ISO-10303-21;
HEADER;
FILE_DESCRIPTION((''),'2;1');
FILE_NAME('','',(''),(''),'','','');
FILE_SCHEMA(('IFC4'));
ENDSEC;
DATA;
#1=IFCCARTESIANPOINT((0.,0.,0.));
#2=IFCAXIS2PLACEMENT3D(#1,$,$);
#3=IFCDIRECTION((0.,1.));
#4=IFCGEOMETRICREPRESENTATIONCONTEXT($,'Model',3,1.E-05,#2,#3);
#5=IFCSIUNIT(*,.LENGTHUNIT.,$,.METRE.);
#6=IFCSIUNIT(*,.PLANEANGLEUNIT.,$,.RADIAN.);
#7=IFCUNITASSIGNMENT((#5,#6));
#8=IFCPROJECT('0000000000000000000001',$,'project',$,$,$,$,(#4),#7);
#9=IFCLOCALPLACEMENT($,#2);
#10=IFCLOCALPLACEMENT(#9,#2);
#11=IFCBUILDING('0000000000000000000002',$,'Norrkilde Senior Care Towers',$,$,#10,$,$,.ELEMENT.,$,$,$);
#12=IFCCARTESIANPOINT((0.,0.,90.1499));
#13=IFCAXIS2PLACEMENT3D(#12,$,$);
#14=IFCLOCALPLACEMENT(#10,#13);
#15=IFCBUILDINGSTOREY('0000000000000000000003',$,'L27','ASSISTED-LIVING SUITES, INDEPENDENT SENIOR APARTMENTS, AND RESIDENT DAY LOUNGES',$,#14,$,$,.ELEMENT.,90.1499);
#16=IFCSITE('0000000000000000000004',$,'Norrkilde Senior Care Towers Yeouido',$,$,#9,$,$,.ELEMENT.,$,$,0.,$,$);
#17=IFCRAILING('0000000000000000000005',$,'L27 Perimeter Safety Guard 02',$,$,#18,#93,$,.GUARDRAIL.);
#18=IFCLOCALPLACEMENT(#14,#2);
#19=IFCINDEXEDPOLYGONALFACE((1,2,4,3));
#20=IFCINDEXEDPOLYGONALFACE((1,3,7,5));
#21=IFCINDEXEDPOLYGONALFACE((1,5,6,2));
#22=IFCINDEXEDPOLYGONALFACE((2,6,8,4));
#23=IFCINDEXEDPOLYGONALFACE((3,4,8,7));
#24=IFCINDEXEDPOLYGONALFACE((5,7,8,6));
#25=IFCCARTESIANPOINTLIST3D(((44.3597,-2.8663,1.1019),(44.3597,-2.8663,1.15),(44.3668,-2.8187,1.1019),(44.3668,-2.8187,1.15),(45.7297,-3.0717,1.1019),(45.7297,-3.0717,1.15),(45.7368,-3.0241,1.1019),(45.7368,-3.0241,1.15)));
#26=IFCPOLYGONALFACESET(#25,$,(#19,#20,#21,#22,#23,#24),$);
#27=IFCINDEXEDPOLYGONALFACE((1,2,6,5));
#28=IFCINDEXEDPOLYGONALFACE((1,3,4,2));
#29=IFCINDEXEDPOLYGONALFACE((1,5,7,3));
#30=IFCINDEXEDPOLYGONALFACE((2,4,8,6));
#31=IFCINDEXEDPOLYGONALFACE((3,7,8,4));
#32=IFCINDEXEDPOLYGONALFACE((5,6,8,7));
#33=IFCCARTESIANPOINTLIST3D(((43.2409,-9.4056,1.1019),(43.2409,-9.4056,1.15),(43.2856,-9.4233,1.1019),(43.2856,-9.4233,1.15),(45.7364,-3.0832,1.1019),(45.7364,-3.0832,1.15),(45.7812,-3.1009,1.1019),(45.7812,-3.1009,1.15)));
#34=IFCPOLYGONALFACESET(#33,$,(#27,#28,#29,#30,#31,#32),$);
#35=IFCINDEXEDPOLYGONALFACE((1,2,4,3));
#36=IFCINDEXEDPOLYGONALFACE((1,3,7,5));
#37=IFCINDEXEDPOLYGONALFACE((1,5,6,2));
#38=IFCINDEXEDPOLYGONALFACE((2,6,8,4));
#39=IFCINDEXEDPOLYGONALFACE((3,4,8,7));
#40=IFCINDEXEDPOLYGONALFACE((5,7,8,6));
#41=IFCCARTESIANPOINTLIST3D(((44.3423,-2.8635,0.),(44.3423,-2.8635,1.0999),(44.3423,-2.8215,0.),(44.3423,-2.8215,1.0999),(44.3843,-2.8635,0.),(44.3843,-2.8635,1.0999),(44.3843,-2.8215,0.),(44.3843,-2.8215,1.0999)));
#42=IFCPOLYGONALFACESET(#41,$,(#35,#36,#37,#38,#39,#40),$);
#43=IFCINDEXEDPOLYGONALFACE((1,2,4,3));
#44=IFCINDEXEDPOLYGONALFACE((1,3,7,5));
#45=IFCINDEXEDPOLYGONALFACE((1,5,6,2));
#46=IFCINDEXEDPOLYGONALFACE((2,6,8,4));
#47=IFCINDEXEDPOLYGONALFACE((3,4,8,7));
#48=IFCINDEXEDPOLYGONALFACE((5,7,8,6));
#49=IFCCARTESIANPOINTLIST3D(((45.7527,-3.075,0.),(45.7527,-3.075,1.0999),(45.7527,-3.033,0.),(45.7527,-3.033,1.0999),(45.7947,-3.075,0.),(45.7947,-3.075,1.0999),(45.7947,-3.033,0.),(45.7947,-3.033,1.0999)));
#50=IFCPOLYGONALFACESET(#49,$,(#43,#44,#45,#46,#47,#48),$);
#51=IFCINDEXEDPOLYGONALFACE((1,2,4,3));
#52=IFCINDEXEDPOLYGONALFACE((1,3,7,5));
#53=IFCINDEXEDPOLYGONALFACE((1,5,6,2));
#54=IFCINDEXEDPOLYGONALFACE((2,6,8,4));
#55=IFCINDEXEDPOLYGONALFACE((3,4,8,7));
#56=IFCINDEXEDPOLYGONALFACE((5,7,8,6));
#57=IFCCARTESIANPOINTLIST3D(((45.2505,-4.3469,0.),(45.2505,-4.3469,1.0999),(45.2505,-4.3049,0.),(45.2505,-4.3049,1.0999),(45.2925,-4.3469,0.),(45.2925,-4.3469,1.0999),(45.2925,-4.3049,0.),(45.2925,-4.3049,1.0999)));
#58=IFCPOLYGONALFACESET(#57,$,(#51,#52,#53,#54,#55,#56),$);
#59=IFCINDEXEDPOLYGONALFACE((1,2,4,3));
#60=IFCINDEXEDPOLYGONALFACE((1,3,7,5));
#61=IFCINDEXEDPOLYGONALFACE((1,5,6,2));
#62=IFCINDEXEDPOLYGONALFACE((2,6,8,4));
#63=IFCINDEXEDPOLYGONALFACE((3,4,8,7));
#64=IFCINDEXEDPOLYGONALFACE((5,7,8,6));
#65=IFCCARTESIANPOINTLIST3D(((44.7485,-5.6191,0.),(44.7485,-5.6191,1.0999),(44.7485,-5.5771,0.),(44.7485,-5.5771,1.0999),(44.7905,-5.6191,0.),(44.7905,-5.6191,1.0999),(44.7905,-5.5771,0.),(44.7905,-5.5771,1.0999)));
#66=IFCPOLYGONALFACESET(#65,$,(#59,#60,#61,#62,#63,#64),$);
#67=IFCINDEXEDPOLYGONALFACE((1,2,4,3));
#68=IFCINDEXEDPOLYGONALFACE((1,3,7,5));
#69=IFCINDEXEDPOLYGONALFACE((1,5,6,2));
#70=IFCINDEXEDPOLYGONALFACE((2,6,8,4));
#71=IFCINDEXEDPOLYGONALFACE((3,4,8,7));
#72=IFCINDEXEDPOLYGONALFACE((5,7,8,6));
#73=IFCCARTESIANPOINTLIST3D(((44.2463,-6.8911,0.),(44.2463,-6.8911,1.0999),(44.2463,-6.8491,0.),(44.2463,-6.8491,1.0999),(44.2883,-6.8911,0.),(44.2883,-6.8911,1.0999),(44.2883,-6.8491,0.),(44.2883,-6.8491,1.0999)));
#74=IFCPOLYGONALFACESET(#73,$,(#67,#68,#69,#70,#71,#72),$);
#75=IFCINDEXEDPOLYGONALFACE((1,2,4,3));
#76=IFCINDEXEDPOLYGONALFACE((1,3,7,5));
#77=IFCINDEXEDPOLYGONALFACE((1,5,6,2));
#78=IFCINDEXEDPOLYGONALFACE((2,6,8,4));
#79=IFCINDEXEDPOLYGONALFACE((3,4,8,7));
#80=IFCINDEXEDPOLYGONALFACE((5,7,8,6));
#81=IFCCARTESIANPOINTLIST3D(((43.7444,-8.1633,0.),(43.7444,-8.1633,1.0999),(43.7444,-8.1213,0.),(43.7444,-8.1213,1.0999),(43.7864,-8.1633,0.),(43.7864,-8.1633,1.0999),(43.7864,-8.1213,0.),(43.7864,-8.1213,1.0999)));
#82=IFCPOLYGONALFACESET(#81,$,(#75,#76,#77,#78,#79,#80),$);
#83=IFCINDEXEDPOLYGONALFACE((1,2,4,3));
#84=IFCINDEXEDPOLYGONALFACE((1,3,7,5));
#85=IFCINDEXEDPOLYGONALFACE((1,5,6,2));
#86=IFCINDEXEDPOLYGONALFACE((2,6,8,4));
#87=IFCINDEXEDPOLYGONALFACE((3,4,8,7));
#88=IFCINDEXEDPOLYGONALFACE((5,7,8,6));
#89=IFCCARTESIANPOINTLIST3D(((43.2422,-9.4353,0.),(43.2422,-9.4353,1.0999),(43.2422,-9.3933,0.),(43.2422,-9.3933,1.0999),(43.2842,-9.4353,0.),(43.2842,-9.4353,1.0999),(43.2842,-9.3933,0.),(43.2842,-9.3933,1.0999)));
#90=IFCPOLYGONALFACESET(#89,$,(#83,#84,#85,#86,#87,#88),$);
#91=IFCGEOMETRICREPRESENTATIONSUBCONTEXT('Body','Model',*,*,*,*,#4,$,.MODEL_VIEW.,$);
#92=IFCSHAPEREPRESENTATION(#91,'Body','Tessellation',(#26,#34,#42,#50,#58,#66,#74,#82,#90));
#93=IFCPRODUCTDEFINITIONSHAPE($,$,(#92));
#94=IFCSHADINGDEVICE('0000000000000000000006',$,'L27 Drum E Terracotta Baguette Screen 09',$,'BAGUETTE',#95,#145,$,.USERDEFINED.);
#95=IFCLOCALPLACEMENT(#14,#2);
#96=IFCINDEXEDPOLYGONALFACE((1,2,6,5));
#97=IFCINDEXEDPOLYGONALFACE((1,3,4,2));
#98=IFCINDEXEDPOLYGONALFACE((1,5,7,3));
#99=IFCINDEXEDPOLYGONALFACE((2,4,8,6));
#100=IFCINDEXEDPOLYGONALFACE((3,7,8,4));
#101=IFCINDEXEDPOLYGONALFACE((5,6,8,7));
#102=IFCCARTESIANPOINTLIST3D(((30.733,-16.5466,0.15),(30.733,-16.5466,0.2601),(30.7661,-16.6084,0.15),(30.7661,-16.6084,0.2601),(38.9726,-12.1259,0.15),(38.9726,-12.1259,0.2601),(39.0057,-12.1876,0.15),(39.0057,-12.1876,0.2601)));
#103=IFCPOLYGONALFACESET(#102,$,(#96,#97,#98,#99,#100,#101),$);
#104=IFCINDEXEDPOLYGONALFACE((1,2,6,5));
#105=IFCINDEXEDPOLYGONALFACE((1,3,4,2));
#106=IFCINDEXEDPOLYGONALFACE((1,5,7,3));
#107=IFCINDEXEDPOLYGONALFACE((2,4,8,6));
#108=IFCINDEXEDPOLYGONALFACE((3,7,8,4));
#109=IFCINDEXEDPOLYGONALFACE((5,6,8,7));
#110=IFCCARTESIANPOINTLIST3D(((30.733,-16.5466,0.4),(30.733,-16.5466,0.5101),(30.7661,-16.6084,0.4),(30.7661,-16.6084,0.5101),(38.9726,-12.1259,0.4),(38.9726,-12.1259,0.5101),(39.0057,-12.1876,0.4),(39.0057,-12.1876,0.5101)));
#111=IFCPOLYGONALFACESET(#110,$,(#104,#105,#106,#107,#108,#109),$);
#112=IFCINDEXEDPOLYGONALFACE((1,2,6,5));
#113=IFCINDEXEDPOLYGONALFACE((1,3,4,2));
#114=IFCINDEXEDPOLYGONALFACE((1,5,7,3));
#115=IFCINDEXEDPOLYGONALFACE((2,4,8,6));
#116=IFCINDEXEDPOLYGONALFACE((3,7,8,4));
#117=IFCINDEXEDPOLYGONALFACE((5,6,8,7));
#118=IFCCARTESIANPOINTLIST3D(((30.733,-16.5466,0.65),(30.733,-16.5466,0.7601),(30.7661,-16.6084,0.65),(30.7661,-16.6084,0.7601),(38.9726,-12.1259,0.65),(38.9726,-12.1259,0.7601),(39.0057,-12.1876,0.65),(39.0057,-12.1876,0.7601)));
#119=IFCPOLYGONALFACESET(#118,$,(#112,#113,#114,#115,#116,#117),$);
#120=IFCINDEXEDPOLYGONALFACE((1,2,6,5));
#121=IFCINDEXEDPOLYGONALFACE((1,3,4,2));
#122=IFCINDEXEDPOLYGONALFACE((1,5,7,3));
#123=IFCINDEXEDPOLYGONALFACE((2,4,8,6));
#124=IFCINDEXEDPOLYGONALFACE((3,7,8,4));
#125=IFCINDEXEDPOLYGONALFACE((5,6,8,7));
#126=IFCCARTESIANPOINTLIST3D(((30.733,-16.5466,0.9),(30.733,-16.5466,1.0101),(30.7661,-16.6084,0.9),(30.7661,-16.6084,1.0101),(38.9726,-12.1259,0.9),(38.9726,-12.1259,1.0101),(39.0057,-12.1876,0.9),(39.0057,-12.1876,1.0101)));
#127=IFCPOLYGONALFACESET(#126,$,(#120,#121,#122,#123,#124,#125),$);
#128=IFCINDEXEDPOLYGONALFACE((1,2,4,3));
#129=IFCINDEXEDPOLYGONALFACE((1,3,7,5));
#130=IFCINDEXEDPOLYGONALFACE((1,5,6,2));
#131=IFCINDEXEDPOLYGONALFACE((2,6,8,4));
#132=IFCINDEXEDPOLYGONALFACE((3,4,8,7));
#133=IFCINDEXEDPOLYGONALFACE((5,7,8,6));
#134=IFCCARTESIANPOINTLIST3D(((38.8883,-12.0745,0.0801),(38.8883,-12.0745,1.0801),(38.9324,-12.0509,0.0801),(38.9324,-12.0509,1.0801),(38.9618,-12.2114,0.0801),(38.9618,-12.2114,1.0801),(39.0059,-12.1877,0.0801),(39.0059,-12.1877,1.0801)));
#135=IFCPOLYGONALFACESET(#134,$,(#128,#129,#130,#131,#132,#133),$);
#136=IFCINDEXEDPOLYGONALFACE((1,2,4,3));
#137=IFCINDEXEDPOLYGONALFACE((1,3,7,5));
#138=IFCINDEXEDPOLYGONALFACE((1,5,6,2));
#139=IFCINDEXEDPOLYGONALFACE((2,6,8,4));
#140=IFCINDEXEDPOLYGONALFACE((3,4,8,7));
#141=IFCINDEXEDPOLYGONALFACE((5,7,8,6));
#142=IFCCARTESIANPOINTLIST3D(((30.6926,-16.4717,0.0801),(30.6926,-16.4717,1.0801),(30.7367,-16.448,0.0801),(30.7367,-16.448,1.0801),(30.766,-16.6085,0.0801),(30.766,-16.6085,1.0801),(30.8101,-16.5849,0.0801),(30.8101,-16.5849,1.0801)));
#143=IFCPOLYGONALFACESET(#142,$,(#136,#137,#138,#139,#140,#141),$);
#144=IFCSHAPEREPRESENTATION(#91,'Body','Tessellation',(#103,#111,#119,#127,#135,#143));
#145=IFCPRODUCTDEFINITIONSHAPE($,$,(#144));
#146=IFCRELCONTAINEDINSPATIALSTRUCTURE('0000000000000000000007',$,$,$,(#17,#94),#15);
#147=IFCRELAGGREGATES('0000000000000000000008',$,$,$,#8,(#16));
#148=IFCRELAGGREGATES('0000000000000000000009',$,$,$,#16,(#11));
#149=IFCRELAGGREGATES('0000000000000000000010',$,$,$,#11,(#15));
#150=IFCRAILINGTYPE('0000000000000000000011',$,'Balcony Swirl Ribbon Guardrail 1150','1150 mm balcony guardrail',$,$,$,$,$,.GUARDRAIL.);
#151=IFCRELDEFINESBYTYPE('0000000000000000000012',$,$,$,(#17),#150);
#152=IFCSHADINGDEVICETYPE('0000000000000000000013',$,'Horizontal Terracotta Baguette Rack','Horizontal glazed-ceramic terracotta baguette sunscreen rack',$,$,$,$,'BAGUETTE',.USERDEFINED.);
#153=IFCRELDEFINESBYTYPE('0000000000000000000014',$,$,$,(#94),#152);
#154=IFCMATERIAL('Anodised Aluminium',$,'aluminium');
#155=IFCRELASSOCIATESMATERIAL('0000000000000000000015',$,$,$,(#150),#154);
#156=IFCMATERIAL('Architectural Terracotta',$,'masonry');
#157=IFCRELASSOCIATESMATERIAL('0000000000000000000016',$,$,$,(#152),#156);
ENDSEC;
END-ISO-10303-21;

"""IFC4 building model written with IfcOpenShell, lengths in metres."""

from ifc_helpers import new_model, si_unit, direction, frame, origin, origin_2d, place, context, subcontext, project, spatial, rectangle, extrude, source, transform, mapped, material, type_object, type_shapes, element, save


model = new_model("IFC4")

# Units and contexts
model_context = context("Model", 3, precision=1e-05, world=origin(), true_north=direction((0.0, 1.0)))
body_context = subcontext(model_context, "Body", "Model", "MODEL_VIEW")
ifc_project = project(units=[si_unit("LENGTHUNIT", "METRE"), si_unit("PLANEANGLEUNIT", "RADIAN")], contexts=[model_context])

# Site, building, storey
site_placement = place(None, origin())
site = spatial("IfcSite", under=ifc_project, at=site_placement, Name="Norrkilde Senior Care Towers Yeouido", CompositionType="ELEMENT", RefElevation=0.0)
building_placement = place(site_placement, origin())
building = spatial("IfcBuilding", under=site, at=building_placement, Name="Norrkilde Senior Care Towers", CompositionType="ELEMENT")
storey_placement = place(building_placement, frame((0.0, 0.0, 90.1499)))
storey = spatial("IfcBuildingStorey", under=building, at=storey_placement, Name="L27", Description="ASSISTED-LIVING SUITES, INDEPENDENT SENIOR APARTMENTS, AND RESIDENT DAY LOUNGES", CompositionType="ELEMENT", Elevation=90.1499)

# Shared definitions
ifc_material_1 = material(Name="Anodised Aluminium", Category="aluminium")

# Railing
railing_type = type_object("IfcRailingType", Name="Balcony Swirl Ribbon Guardrail 1150", Description="1150 mm balcony guardrail", PredefinedType="GUARDRAIL", material=ifc_material_1)
railing_1_placement = place(storey_placement, frame((44.3633, -2.8425, 0.0)))
element("IfcRailing", 1, at=railing_1_placement, inside=storey, type_object=railing_type, Name="L27 Perimeter Safety Guard 02", PredefinedType="GUARDRAIL", context=body_context, shape_type="SweptSolid", body=[
    extrude(rectangle(XDim=0.0481, YDim=0.0481, at=origin_2d()), frame((0.0, 0.0, 1.126), z_axis=(0.98895, -0.148248, 0.0), x_axis=(0.148248, 0.98895, 0.0)), (0.0, 0.0, 1.0), 1.3853),
    extrude(rectangle(XDim=0.0481, YDim=0.0481, at=origin_2d()), frame((1.3955, -0.2495, 1.126), z_axis=(-0.367145, -0.930164, 0.0), x_axis=(0.930164, -0.367145, 0.0)), (0.0, 0.0, 1.0), 6.7971),
    extrude(rectangle(XDim=0.042, YDim=0.042, at=origin_2d()), origin(), (0.0, 0.0, 1.0), 1.0999),
    extrude(rectangle(XDim=0.042, YDim=0.042, at=origin_2d()), frame((1.4104, -0.2114, 0.0)), (0.0, 0.0, 1.0), 1.0999),
    extrude(rectangle(XDim=0.042, YDim=0.042, at=origin_2d()), frame((0.9082, -1.4834, 0.0)), (0.0, 0.0, 1.0), 1.0999),
    extrude(rectangle(XDim=0.042, YDim=0.042, at=origin_2d()), frame((0.4062, -2.7556, 0.0)), (0.0, 0.0, 1.0), 1.0999),
    extrude(rectangle(XDim=0.042, YDim=0.042, at=origin_2d()), frame((-0.0959, -4.0276, 0.0)), (0.0, 0.0, 1.0), 1.0999),
    extrude(rectangle(XDim=0.042, YDim=0.042, at=origin_2d()), frame((-0.5979, -5.2998, 0.0)), (0.0, 0.0, 1.0), 1.0999),
    extrude(rectangle(XDim=0.042, YDim=0.042, at=origin_2d()), frame((-1.1001, -6.5718, 0.0)), (0.0, 0.0, 1.0), 1.0999),
])

# Shading device
ifc_material_2 = material(Name="Architectural Terracotta", Category="masonry")
shading_device_type = type_object("IfcShadingDeviceType", Name="Horizontal Terracotta Baguette Rack", Description="Horizontal glazed-ceramic terracotta baguette sunscreen rack", ElementType="BAGUETTE", PredefinedType="USERDEFINED", material=ifc_material_2)
shared_shape_1 = source(origin(), body_context, "Body", "SweptSolid", [
    extrude(rectangle(XDim=0.0701, YDim=0.1101, at=origin_2d()), frame((0.0, 0.0901, 0.125), z_axis=(1.0, 0.0, 0.0), x_axis=(0.0, 1.0, 0.0)), (0.0, 0.0, 1.0), 9.3506),
    extrude(rectangle(XDim=0.0701, YDim=0.1101, at=origin_2d()), frame((0.0, 0.0901, 0.375), z_axis=(1.0, 0.0, 0.0), x_axis=(0.0, 1.0, 0.0)), (0.0, 0.0, 1.0), 9.3506),
    extrude(rectangle(XDim=0.0701, YDim=0.1101, at=origin_2d()), frame((0.0, 0.0901, 0.625), z_axis=(1.0, 0.0, 0.0), x_axis=(0.0, 1.0, 0.0)), (0.0, 0.0, 1.0), 9.3506),
    extrude(rectangle(XDim=0.0701, YDim=0.1101, at=origin_2d()), frame((0.0, 0.0901, 0.875), z_axis=(1.0, 0.0, 0.0), x_axis=(0.0, 1.0, 0.0)), (0.0, 0.0, 1.0), 9.3506),
    extrude(rectangle(XDim=0.05, YDim=0.1553, at=origin_2d()), frame((0.0249, 0.0476, 0.0)), (0.0, 0.0, 1.0), 1.0),
    extrude(rectangle(XDim=0.05, YDim=0.1553, at=origin_2d()), frame((9.3257, 0.0476, 0.0)), (0.0, 0.0, 1.0), 1.0),
])
type_shapes(shading_device_type, [shared_shape_1])
shading_device_placement = place(storey_placement, frame((38.9465, -12.0774, 0.0801), z_axis=(0.0, 0.0, 1.0), x_axis=(-0.881175, -0.472768, 0.0)))
element("IfcShadingDevice", 2, at=shading_device_placement, inside=storey, type_object=shading_device_type, Name="L27 Drum E Terracotta Baguette Screen 09", ObjectType="BAGUETTE", PredefinedType="USERDEFINED", context=body_context, shape_type="MappedRepresentation", body=[
    mapped(shared_shape_1, transform((0.0, 0.0, 0.0), x_axis=(1.0, 0.0, 0.0), y_axis=(0.0, 1.0, 0.0), z_axis=(0.0, 0.0, 1.0), scale=1.0)),
])

save(model, "model.ifc")
